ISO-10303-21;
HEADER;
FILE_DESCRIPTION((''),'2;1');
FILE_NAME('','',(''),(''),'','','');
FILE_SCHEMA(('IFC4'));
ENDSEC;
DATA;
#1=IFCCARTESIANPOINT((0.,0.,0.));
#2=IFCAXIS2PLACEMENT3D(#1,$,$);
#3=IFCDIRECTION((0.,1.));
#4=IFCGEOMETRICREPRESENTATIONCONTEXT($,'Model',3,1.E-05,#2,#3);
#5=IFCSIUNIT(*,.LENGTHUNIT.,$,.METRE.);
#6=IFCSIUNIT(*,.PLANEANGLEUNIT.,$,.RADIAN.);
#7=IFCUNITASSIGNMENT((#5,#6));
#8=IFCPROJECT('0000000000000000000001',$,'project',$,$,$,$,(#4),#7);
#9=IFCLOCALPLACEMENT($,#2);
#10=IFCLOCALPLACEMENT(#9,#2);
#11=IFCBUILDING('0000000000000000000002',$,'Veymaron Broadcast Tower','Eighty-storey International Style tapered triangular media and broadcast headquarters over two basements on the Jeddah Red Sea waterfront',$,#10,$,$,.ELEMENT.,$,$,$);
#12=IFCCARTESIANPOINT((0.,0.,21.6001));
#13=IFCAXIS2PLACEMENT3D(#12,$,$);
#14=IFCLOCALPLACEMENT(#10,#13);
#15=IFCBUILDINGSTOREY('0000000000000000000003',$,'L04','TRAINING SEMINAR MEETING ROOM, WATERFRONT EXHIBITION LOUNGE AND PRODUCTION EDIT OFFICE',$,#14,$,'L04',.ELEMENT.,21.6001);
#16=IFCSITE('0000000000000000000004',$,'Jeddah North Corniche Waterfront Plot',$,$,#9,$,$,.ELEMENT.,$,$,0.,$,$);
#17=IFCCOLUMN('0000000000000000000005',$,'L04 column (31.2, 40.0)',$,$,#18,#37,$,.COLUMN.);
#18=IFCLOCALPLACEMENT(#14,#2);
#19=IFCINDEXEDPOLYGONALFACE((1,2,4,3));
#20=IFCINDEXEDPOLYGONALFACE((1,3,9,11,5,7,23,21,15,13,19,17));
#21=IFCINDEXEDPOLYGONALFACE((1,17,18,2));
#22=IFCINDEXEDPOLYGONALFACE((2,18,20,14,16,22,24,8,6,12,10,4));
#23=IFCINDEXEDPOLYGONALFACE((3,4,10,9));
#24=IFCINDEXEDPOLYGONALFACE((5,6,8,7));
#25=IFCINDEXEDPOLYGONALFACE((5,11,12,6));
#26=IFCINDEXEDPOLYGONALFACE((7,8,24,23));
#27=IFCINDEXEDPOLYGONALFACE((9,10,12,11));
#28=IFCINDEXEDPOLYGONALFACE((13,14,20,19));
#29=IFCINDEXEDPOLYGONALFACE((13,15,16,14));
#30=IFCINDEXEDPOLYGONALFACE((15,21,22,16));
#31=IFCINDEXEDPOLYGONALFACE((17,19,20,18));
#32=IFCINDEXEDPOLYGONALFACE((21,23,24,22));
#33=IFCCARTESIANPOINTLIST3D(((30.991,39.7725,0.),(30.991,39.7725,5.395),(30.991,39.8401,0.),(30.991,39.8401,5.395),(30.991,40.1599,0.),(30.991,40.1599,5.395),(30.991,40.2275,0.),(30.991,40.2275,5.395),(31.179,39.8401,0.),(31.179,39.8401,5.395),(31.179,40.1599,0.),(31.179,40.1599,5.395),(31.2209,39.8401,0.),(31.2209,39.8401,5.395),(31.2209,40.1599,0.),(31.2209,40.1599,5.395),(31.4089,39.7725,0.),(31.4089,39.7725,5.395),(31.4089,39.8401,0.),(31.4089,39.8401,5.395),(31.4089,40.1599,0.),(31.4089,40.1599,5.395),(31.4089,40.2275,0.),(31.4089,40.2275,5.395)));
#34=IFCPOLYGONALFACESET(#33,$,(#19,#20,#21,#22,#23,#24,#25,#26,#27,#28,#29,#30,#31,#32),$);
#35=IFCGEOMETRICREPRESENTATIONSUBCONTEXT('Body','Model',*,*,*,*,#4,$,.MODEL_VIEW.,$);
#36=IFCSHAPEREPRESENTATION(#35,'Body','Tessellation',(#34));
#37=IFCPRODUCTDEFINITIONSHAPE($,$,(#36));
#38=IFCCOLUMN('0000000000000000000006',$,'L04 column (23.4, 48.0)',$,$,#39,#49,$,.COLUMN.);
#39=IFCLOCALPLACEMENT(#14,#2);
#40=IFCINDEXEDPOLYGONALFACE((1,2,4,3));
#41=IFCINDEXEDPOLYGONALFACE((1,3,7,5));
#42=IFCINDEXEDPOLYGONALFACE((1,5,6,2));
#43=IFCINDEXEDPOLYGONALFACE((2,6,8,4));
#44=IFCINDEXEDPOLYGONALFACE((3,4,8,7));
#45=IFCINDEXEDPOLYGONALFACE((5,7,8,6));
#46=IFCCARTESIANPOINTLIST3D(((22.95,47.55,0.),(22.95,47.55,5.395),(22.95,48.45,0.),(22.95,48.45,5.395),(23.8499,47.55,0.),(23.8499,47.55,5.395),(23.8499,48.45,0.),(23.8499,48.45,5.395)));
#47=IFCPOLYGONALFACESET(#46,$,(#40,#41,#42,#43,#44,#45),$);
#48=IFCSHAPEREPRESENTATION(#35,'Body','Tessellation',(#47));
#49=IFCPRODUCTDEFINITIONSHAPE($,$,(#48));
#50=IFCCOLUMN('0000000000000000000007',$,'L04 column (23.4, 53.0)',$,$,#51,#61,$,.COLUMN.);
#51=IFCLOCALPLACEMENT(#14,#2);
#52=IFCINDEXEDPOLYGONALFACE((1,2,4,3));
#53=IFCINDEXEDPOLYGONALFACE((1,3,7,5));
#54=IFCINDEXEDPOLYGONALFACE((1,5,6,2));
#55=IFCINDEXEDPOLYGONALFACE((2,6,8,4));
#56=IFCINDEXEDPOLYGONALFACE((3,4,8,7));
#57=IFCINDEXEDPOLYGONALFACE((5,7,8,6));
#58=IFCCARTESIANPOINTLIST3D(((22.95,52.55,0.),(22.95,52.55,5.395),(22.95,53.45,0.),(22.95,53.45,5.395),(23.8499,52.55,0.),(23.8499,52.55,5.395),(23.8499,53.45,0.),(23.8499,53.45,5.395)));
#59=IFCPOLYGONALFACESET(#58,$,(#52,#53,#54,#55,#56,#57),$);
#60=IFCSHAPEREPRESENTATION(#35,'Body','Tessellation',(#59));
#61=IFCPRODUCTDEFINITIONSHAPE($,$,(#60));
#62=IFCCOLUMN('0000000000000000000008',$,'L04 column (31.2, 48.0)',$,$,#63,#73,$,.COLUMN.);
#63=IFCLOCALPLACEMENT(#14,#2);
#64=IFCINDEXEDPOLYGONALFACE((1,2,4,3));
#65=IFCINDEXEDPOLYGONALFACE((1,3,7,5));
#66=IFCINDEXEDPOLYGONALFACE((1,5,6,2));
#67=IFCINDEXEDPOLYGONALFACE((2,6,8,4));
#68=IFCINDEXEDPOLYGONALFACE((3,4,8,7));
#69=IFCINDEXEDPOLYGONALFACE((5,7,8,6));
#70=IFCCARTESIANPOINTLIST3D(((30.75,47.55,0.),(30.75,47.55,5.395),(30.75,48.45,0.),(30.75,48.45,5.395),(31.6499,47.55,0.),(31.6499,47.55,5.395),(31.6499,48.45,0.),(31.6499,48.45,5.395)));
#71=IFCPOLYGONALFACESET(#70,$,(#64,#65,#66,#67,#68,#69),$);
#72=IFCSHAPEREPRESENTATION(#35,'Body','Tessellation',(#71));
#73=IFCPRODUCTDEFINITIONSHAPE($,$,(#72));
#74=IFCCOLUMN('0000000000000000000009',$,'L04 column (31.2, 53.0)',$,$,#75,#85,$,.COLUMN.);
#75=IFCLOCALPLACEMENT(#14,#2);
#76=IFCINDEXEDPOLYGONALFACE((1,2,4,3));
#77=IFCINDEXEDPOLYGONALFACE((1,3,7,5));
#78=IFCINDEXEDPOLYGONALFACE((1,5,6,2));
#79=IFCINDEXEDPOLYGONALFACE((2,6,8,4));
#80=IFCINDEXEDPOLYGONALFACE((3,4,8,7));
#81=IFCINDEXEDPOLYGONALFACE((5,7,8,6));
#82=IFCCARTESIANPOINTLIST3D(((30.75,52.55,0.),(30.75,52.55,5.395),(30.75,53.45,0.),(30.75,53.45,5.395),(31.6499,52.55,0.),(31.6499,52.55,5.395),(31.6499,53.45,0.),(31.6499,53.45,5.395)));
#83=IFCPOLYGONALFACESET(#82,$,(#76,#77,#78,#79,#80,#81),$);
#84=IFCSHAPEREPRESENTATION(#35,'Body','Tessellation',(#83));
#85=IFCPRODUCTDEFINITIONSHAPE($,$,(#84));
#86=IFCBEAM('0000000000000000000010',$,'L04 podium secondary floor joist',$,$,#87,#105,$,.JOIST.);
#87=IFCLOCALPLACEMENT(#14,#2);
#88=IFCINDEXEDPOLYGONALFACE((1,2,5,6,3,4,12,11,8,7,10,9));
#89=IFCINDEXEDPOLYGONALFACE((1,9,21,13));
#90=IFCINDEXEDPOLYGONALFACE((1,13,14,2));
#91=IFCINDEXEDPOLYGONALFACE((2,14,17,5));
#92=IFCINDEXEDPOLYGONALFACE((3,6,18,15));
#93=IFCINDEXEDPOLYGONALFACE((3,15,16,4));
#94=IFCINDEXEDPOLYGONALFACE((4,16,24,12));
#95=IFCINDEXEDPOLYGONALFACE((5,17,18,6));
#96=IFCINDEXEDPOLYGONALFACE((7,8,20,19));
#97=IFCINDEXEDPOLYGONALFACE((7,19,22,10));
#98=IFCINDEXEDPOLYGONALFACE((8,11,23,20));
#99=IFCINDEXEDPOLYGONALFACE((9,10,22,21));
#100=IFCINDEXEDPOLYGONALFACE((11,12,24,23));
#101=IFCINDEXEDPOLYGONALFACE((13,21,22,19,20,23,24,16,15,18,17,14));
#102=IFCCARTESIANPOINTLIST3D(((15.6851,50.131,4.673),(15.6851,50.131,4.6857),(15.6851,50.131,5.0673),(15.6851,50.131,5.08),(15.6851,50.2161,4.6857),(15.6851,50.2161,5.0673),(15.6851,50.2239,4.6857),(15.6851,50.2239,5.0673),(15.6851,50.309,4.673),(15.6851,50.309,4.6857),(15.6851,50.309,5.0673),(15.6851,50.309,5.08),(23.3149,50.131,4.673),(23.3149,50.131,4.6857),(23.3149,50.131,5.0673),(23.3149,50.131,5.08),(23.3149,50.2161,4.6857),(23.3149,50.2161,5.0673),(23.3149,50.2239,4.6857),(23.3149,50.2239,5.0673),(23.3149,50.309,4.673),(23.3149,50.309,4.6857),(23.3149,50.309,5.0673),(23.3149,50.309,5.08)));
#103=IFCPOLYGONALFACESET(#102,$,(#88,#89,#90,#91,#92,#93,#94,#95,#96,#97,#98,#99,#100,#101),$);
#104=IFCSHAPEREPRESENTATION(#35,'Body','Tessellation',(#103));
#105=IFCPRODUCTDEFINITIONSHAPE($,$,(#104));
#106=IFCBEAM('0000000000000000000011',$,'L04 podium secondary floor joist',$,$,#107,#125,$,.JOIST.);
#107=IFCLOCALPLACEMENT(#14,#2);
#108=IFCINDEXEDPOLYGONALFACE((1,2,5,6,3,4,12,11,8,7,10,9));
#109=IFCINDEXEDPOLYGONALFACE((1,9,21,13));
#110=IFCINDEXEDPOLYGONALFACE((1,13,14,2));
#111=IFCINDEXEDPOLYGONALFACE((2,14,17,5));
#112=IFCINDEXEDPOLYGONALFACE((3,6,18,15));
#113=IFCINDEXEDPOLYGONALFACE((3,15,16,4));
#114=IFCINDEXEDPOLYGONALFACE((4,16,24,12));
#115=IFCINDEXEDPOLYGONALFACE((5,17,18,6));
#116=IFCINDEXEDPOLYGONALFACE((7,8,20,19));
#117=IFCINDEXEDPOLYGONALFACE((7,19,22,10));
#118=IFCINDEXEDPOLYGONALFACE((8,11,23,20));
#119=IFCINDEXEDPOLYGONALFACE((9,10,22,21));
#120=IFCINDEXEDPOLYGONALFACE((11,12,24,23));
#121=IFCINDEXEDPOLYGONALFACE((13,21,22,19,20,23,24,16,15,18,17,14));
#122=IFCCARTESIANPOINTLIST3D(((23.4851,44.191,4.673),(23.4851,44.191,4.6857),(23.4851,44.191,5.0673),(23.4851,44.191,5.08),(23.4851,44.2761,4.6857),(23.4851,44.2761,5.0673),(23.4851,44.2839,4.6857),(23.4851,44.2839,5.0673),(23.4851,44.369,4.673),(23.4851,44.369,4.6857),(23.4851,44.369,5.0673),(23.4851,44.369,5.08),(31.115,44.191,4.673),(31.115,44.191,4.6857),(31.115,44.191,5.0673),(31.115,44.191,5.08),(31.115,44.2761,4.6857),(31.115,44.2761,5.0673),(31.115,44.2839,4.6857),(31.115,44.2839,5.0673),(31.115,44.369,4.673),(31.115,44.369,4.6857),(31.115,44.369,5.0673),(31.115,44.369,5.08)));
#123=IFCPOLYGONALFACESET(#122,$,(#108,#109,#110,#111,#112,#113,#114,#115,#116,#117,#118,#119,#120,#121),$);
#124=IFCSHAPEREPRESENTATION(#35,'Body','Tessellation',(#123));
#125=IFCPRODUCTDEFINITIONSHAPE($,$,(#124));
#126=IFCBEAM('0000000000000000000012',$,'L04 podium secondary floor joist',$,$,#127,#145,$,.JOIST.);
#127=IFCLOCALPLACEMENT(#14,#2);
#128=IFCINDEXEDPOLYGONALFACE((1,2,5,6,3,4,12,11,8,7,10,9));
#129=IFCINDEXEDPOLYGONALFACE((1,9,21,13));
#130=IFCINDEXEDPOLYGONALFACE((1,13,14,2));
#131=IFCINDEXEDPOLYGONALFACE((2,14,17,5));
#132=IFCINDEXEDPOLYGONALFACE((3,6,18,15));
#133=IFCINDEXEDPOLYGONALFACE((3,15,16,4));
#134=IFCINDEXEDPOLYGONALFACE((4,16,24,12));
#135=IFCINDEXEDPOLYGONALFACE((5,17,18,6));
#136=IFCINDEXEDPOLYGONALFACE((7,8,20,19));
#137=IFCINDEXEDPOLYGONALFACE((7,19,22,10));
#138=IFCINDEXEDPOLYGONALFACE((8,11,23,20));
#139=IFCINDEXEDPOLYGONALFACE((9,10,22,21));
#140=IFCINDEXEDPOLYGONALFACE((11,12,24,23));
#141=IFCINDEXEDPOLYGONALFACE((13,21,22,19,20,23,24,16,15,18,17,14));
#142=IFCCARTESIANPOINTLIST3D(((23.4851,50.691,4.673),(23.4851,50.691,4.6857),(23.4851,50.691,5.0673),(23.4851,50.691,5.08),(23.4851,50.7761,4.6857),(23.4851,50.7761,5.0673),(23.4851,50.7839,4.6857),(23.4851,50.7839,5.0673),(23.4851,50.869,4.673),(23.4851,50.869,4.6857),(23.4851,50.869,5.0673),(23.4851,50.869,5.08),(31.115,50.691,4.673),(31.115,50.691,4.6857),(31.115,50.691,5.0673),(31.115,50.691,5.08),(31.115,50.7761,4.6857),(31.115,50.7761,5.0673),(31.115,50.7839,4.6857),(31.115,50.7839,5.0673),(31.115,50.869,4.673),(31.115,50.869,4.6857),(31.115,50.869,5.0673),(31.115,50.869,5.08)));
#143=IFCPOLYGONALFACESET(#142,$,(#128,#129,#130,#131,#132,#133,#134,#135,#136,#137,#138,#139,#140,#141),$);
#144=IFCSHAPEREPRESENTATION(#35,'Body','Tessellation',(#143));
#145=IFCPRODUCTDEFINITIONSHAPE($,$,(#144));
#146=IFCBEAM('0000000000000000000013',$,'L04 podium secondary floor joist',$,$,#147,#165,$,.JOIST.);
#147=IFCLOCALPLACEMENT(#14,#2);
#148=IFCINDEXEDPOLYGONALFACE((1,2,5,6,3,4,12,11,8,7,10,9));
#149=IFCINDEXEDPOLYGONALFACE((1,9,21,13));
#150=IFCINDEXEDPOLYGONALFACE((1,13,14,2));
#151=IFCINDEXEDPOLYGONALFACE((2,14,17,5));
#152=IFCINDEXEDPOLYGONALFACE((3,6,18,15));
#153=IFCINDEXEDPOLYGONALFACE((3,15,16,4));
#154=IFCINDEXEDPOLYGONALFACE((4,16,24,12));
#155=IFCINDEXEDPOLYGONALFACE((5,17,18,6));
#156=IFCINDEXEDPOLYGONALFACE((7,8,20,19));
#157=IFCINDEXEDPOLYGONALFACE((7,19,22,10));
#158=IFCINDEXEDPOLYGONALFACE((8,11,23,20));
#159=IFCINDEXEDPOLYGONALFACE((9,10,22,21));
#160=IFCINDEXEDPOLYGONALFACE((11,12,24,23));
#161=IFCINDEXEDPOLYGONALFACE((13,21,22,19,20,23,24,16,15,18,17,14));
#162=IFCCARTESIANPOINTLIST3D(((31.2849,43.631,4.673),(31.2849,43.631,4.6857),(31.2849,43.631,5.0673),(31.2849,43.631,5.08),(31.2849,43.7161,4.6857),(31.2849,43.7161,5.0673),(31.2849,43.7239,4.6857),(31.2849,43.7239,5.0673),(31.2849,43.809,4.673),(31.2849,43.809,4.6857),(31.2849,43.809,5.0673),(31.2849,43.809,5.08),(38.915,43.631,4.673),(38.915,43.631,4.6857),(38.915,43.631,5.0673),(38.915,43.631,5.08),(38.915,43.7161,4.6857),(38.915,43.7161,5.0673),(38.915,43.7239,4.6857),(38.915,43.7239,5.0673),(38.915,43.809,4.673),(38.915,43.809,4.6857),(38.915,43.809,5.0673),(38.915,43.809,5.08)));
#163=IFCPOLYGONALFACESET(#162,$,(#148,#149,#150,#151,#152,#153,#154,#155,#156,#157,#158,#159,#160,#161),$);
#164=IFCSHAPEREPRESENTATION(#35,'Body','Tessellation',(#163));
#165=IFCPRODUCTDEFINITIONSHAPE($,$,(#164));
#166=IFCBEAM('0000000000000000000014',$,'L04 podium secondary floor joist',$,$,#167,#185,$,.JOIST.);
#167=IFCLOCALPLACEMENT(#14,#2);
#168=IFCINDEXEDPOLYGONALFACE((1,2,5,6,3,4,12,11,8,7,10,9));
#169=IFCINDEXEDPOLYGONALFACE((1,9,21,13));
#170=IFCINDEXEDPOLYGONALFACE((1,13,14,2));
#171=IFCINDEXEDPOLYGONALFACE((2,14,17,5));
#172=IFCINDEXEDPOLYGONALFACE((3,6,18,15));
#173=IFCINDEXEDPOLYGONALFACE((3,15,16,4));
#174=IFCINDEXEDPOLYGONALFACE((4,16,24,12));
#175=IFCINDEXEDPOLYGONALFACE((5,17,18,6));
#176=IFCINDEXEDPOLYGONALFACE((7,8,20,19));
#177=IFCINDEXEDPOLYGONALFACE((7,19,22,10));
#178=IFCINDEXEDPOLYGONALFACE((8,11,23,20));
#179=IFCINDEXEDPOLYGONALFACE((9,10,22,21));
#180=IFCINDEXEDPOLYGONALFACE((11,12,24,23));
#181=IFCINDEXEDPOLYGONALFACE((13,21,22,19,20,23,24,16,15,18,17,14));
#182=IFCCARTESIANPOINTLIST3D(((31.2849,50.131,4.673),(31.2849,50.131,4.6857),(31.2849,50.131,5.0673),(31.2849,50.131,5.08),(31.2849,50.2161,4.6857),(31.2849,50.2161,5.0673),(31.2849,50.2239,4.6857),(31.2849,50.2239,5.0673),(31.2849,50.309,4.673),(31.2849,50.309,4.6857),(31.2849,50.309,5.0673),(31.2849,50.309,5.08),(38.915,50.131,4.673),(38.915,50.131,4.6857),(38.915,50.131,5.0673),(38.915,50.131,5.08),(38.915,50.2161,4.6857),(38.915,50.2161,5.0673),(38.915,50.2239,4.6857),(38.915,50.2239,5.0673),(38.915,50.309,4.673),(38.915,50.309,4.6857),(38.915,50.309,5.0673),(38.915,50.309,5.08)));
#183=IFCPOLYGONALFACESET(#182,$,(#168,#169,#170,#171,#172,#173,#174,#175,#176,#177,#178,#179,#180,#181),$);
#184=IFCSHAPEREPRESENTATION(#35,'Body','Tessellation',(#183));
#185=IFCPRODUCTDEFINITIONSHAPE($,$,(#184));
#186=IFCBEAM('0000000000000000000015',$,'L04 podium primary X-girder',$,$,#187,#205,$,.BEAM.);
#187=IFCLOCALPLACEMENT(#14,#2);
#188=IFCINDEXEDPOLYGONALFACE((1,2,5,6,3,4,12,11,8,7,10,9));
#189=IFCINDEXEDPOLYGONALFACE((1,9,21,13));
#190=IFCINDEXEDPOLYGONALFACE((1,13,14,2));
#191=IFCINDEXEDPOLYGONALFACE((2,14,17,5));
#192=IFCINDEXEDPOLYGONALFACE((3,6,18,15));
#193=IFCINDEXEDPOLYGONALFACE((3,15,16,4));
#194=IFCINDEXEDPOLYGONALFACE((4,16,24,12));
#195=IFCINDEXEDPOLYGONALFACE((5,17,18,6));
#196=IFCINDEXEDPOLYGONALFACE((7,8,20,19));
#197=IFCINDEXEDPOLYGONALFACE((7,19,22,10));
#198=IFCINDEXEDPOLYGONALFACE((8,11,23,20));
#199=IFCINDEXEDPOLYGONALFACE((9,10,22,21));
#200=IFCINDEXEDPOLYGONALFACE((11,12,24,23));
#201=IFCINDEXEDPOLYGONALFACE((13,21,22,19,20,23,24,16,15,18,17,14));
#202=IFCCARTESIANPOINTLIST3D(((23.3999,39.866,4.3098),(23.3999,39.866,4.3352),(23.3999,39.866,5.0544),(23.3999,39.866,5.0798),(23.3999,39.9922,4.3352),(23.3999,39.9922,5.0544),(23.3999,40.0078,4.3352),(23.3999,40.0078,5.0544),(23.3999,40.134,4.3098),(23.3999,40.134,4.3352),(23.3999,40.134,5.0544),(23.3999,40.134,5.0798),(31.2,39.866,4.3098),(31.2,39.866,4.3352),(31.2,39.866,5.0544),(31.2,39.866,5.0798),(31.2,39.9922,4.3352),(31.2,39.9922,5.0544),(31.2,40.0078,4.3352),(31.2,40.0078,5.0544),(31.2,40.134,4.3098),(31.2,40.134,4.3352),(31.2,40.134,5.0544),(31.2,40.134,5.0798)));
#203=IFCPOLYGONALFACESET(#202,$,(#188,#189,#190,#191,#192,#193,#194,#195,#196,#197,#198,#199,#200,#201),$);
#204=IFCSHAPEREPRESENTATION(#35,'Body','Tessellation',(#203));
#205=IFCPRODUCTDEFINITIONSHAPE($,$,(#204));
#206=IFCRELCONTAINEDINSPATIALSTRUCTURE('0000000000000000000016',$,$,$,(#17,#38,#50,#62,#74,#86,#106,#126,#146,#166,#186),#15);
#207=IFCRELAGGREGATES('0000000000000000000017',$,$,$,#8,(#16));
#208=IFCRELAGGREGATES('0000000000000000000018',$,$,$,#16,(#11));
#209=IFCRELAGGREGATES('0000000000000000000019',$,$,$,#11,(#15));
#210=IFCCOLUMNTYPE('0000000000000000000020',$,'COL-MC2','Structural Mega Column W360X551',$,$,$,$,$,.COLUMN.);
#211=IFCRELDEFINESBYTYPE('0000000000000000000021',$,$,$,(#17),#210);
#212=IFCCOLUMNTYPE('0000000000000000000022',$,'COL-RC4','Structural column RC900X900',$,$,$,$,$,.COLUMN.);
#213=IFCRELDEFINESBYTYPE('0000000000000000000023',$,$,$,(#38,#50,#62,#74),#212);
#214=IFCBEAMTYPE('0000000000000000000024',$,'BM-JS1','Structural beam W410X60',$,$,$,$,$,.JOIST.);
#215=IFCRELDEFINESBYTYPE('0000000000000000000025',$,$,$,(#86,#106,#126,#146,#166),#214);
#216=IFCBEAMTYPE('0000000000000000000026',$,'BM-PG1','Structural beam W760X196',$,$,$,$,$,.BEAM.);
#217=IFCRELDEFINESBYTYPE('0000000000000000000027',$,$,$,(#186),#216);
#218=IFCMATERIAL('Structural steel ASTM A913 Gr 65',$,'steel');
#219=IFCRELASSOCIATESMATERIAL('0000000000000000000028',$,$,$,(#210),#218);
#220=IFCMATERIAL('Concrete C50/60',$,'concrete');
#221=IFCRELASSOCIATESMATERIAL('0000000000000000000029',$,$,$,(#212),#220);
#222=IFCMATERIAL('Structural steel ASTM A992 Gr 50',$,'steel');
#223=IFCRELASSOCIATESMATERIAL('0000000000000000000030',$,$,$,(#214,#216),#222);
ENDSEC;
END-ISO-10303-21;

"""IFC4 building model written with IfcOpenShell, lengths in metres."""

from ifc_helpers import new_model, si_unit, direction, frame, origin, origin_2d, place, context, subcontext, project, spatial, rectangle, i_section, extrude, material, material_profile, profile_set, type_object, element, save


model = new_model("IFC4")

# Units and contexts
model_context = context("Model", 3, precision=1e-05, world=origin(), true_north=direction((0.0, 1.0)))
body_context = subcontext(model_context, "Body", "Model", "MODEL_VIEW")
ifc_project = project(units=[si_unit("LENGTHUNIT", "METRE"), si_unit("PLANEANGLEUNIT", "RADIAN")], contexts=[model_context])

# Site, building, storey
site_placement = place(None, origin())
site = spatial("IfcSite", under=ifc_project, at=site_placement, Name="Jeddah North Corniche Waterfront Plot", CompositionType="ELEMENT", RefElevation=0.0)
building_placement = place(site_placement, origin())
building = spatial("IfcBuilding", under=site, at=building_placement, Name="Veymaron Broadcast Tower", Description="Eighty-storey International Style tapered triangular media and broadcast headquarters over two basements on the Jeddah Red Sea waterfront", CompositionType="ELEMENT")
storey_placement = place(building_placement, frame((0.0, 0.0, 21.6001)))
storey = spatial("IfcBuildingStorey", under=building, at=storey_placement, Name="L04", Description="TRAINING SEMINAR MEETING ROOM, WATERFRONT EXHIBITION LOUNGE AND PRODUCTION EDIT OFFICE", LongName="L04", CompositionType="ELEMENT", Elevation=21.6001)

# Columns
ifc_material_1 = material(Name="Structural steel ASTM A913 Gr 65", Category="steel")
ifc_material_profile_1 = material_profile(ifc_material_1, i_section(OverallWidth=0.418, OverallDepth=0.4551, WebThickness=0.042, FlangeThickness=0.0676, at=origin_2d()), Name="W360X551")
ifc_profile_set_1 = profile_set([ifc_material_profile_1], Name="Structural steel ASTM A913 Gr 65")
column_type_1 = type_object("IfcColumnType", Name="COL-MC2", Description="Structural Mega Column W360X551", PredefinedType="COLUMN", material=ifc_profile_set_1)
column_placement = place(storey_placement, frame((31.2, 40.0, 0.0), z_axis=(0.0, 0.0, 1.0), x_axis=(1.0, 0.0, 0.0)))
element("IfcColumn", 1, at=column_placement, inside=storey, type_object=column_type_1, Name="L04 column (31.2, 40.0)", PredefinedType="COLUMN", context=body_context, shape_type="SweptSolid", body=[
    extrude(i_section(OverallWidth=0.418, OverallDepth=0.4551, WebThickness=0.042, FlangeThickness=0.0676, at=origin_2d()), origin(), (0.0, 0.0, 1.0), 5.395),
])
ifc_material_2 = material(Name="Concrete C50/60", Category="concrete")
ifc_material_profile_2 = material_profile(ifc_material_2, rectangle(XDim=0.8999, YDim=0.8999, at=origin_2d()), Name="RC900X900")
ifc_profile_set_2 = profile_set([ifc_material_profile_2], Name="Concrete C50/60")
column_type_2 = type_object("IfcColumnType", Name="COL-RC4", Description="Structural column RC900X900", PredefinedType="COLUMN", material=ifc_profile_set_2)
for number, where, z_axis, x_axis, name in (
    (2, (23.3999, 48.0, 0.0), (0.0, 0.0, 1.0), (1.0, 0.0, 0.0), "L04 column (23.4, 48.0)"),
    (3, (23.3999, 53.0, 0.0), (0.0, 0.0, 1.0), (1.0, 0.0, 0.0), "L04 column (23.4, 53.0)"),
    (4, (31.2, 48.0, 0.0), (0.0, 0.0, 1.0), (1.0, 0.0, 0.0), "L04 column (31.2, 48.0)"),
    (5, (31.2, 53.0, 0.0), (0.0, 0.0, 1.0), (1.0, 0.0, 0.0), "L04 column (31.2, 53.0)"),
):
    element("IfcColumn", number, at=place(storey_placement, frame(where, z_axis=z_axis, x_axis=x_axis)), inside=storey, type_object=column_type_2, Name=name, PredefinedType="COLUMN", context=body_context, shape_type="SweptSolid", body=[
        extrude(rectangle(XDim=0.8999, YDim=0.8999, at=origin_2d()), origin(), (0.0, 0.0, 1.0), 5.395),
    ])

# Beams
ifc_material_3 = material(Name="Structural steel ASTM A992 Gr 50", Category="steel")
ifc_material_profile_3 = material_profile(ifc_material_3, i_section(OverallWidth=0.178, OverallDepth=0.407, WebThickness=0.0078, FlangeThickness=0.0127, at=origin_2d()), Name="W410X60")
ifc_profile_set_3 = profile_set([ifc_material_profile_3], Name="Structural steel ASTM A992 Gr 50")
beam_type_1 = type_object("IfcBeamType", Name="BM-JS1", Description="Structural beam W410X60", PredefinedType="JOIST", material=ifc_profile_set_3)
for number, where, z_axis, x_axis, name in (
    (6, (15.6851, 50.22, 4.8765), (1.0, 0.0, 0.0), (0.0, 1.0, 0.0), "L04 podium secondary floor joist"),
    (7, (23.4851, 44.28, 4.8765), (1.0, 0.0, 0.0), (0.0, 1.0, 0.0), "L04 podium secondary floor joist"),
    (8, (23.4851, 50.78, 4.8765), (1.0, 0.0, 0.0), (0.0, 1.0, 0.0), "L04 podium secondary floor joist"),
):
    element("IfcBeam", number, at=place(storey_placement, frame(where, z_axis=z_axis, x_axis=x_axis)), inside=storey, type_object=beam_type_1, Name=name, PredefinedType="JOIST", context=body_context, shape_type="SweptSolid", body=[
        extrude(i_section(OverallWidth=0.178, OverallDepth=0.407, WebThickness=0.0078, FlangeThickness=0.0127, at=origin_2d()), origin(), (0.0, 0.0, 1.0), 7.6299),
    ])
for number, where, z_axis, x_axis, name in (
    (9, (31.2849, 43.72, 4.8765), (1.0, 0.0, 0.0), (0.0, 1.0, 0.0), "L04 podium secondary floor joist"),
    (10, (31.2849, 50.22, 4.8765), (1.0, 0.0, 0.0), (0.0, 1.0, 0.0), "L04 podium secondary floor joist"),
):
    element("IfcBeam", number, at=place(storey_placement, frame(where, z_axis=z_axis, x_axis=x_axis)), inside=storey, type_object=beam_type_1, Name=name, PredefinedType="JOIST", context=body_context, shape_type="SweptSolid", body=[
        extrude(i_section(OverallWidth=0.178, OverallDepth=0.407, WebThickness=0.0078, FlangeThickness=0.0127, at=origin_2d()), origin(), (0.0, 0.0, 1.0), 7.6301),
    ])
ifc_material_profile_4 = material_profile(ifc_material_3, i_section(OverallWidth=0.2681, OverallDepth=0.77, WebThickness=0.0156, FlangeThickness=0.0254, at=origin_2d()), Name="W760X196")
ifc_profile_set_4 = profile_set([ifc_material_profile_4], Name="Structural steel ASTM A992 Gr 50")
beam_type_2 = type_object("IfcBeamType", Name="BM-PG1", Description="Structural beam W760X196", PredefinedType="BEAM", material=ifc_profile_set_4)
for number, where, z_axis, x_axis, name in (
    (11, (23.3999, 40.0, 4.6948), (1.0, 0.0, 0.0), (0.0, 1.0, 0.0), "L04 podium primary X-girder"),
):
    element("IfcBeam", number, at=place(storey_placement, frame(where, z_axis=z_axis, x_axis=x_axis)), inside=storey, type_object=beam_type_2, Name=name, PredefinedType="BEAM", context=body_context, shape_type="SweptSolid", body=[
        extrude(i_section(OverallWidth=0.2681, OverallDepth=0.77, WebThickness=0.0156, FlangeThickness=0.0254, at=origin_2d()), origin(), (0.0, 0.0, 1.0), 7.8),
    ])

save(model, "model.ifc")
